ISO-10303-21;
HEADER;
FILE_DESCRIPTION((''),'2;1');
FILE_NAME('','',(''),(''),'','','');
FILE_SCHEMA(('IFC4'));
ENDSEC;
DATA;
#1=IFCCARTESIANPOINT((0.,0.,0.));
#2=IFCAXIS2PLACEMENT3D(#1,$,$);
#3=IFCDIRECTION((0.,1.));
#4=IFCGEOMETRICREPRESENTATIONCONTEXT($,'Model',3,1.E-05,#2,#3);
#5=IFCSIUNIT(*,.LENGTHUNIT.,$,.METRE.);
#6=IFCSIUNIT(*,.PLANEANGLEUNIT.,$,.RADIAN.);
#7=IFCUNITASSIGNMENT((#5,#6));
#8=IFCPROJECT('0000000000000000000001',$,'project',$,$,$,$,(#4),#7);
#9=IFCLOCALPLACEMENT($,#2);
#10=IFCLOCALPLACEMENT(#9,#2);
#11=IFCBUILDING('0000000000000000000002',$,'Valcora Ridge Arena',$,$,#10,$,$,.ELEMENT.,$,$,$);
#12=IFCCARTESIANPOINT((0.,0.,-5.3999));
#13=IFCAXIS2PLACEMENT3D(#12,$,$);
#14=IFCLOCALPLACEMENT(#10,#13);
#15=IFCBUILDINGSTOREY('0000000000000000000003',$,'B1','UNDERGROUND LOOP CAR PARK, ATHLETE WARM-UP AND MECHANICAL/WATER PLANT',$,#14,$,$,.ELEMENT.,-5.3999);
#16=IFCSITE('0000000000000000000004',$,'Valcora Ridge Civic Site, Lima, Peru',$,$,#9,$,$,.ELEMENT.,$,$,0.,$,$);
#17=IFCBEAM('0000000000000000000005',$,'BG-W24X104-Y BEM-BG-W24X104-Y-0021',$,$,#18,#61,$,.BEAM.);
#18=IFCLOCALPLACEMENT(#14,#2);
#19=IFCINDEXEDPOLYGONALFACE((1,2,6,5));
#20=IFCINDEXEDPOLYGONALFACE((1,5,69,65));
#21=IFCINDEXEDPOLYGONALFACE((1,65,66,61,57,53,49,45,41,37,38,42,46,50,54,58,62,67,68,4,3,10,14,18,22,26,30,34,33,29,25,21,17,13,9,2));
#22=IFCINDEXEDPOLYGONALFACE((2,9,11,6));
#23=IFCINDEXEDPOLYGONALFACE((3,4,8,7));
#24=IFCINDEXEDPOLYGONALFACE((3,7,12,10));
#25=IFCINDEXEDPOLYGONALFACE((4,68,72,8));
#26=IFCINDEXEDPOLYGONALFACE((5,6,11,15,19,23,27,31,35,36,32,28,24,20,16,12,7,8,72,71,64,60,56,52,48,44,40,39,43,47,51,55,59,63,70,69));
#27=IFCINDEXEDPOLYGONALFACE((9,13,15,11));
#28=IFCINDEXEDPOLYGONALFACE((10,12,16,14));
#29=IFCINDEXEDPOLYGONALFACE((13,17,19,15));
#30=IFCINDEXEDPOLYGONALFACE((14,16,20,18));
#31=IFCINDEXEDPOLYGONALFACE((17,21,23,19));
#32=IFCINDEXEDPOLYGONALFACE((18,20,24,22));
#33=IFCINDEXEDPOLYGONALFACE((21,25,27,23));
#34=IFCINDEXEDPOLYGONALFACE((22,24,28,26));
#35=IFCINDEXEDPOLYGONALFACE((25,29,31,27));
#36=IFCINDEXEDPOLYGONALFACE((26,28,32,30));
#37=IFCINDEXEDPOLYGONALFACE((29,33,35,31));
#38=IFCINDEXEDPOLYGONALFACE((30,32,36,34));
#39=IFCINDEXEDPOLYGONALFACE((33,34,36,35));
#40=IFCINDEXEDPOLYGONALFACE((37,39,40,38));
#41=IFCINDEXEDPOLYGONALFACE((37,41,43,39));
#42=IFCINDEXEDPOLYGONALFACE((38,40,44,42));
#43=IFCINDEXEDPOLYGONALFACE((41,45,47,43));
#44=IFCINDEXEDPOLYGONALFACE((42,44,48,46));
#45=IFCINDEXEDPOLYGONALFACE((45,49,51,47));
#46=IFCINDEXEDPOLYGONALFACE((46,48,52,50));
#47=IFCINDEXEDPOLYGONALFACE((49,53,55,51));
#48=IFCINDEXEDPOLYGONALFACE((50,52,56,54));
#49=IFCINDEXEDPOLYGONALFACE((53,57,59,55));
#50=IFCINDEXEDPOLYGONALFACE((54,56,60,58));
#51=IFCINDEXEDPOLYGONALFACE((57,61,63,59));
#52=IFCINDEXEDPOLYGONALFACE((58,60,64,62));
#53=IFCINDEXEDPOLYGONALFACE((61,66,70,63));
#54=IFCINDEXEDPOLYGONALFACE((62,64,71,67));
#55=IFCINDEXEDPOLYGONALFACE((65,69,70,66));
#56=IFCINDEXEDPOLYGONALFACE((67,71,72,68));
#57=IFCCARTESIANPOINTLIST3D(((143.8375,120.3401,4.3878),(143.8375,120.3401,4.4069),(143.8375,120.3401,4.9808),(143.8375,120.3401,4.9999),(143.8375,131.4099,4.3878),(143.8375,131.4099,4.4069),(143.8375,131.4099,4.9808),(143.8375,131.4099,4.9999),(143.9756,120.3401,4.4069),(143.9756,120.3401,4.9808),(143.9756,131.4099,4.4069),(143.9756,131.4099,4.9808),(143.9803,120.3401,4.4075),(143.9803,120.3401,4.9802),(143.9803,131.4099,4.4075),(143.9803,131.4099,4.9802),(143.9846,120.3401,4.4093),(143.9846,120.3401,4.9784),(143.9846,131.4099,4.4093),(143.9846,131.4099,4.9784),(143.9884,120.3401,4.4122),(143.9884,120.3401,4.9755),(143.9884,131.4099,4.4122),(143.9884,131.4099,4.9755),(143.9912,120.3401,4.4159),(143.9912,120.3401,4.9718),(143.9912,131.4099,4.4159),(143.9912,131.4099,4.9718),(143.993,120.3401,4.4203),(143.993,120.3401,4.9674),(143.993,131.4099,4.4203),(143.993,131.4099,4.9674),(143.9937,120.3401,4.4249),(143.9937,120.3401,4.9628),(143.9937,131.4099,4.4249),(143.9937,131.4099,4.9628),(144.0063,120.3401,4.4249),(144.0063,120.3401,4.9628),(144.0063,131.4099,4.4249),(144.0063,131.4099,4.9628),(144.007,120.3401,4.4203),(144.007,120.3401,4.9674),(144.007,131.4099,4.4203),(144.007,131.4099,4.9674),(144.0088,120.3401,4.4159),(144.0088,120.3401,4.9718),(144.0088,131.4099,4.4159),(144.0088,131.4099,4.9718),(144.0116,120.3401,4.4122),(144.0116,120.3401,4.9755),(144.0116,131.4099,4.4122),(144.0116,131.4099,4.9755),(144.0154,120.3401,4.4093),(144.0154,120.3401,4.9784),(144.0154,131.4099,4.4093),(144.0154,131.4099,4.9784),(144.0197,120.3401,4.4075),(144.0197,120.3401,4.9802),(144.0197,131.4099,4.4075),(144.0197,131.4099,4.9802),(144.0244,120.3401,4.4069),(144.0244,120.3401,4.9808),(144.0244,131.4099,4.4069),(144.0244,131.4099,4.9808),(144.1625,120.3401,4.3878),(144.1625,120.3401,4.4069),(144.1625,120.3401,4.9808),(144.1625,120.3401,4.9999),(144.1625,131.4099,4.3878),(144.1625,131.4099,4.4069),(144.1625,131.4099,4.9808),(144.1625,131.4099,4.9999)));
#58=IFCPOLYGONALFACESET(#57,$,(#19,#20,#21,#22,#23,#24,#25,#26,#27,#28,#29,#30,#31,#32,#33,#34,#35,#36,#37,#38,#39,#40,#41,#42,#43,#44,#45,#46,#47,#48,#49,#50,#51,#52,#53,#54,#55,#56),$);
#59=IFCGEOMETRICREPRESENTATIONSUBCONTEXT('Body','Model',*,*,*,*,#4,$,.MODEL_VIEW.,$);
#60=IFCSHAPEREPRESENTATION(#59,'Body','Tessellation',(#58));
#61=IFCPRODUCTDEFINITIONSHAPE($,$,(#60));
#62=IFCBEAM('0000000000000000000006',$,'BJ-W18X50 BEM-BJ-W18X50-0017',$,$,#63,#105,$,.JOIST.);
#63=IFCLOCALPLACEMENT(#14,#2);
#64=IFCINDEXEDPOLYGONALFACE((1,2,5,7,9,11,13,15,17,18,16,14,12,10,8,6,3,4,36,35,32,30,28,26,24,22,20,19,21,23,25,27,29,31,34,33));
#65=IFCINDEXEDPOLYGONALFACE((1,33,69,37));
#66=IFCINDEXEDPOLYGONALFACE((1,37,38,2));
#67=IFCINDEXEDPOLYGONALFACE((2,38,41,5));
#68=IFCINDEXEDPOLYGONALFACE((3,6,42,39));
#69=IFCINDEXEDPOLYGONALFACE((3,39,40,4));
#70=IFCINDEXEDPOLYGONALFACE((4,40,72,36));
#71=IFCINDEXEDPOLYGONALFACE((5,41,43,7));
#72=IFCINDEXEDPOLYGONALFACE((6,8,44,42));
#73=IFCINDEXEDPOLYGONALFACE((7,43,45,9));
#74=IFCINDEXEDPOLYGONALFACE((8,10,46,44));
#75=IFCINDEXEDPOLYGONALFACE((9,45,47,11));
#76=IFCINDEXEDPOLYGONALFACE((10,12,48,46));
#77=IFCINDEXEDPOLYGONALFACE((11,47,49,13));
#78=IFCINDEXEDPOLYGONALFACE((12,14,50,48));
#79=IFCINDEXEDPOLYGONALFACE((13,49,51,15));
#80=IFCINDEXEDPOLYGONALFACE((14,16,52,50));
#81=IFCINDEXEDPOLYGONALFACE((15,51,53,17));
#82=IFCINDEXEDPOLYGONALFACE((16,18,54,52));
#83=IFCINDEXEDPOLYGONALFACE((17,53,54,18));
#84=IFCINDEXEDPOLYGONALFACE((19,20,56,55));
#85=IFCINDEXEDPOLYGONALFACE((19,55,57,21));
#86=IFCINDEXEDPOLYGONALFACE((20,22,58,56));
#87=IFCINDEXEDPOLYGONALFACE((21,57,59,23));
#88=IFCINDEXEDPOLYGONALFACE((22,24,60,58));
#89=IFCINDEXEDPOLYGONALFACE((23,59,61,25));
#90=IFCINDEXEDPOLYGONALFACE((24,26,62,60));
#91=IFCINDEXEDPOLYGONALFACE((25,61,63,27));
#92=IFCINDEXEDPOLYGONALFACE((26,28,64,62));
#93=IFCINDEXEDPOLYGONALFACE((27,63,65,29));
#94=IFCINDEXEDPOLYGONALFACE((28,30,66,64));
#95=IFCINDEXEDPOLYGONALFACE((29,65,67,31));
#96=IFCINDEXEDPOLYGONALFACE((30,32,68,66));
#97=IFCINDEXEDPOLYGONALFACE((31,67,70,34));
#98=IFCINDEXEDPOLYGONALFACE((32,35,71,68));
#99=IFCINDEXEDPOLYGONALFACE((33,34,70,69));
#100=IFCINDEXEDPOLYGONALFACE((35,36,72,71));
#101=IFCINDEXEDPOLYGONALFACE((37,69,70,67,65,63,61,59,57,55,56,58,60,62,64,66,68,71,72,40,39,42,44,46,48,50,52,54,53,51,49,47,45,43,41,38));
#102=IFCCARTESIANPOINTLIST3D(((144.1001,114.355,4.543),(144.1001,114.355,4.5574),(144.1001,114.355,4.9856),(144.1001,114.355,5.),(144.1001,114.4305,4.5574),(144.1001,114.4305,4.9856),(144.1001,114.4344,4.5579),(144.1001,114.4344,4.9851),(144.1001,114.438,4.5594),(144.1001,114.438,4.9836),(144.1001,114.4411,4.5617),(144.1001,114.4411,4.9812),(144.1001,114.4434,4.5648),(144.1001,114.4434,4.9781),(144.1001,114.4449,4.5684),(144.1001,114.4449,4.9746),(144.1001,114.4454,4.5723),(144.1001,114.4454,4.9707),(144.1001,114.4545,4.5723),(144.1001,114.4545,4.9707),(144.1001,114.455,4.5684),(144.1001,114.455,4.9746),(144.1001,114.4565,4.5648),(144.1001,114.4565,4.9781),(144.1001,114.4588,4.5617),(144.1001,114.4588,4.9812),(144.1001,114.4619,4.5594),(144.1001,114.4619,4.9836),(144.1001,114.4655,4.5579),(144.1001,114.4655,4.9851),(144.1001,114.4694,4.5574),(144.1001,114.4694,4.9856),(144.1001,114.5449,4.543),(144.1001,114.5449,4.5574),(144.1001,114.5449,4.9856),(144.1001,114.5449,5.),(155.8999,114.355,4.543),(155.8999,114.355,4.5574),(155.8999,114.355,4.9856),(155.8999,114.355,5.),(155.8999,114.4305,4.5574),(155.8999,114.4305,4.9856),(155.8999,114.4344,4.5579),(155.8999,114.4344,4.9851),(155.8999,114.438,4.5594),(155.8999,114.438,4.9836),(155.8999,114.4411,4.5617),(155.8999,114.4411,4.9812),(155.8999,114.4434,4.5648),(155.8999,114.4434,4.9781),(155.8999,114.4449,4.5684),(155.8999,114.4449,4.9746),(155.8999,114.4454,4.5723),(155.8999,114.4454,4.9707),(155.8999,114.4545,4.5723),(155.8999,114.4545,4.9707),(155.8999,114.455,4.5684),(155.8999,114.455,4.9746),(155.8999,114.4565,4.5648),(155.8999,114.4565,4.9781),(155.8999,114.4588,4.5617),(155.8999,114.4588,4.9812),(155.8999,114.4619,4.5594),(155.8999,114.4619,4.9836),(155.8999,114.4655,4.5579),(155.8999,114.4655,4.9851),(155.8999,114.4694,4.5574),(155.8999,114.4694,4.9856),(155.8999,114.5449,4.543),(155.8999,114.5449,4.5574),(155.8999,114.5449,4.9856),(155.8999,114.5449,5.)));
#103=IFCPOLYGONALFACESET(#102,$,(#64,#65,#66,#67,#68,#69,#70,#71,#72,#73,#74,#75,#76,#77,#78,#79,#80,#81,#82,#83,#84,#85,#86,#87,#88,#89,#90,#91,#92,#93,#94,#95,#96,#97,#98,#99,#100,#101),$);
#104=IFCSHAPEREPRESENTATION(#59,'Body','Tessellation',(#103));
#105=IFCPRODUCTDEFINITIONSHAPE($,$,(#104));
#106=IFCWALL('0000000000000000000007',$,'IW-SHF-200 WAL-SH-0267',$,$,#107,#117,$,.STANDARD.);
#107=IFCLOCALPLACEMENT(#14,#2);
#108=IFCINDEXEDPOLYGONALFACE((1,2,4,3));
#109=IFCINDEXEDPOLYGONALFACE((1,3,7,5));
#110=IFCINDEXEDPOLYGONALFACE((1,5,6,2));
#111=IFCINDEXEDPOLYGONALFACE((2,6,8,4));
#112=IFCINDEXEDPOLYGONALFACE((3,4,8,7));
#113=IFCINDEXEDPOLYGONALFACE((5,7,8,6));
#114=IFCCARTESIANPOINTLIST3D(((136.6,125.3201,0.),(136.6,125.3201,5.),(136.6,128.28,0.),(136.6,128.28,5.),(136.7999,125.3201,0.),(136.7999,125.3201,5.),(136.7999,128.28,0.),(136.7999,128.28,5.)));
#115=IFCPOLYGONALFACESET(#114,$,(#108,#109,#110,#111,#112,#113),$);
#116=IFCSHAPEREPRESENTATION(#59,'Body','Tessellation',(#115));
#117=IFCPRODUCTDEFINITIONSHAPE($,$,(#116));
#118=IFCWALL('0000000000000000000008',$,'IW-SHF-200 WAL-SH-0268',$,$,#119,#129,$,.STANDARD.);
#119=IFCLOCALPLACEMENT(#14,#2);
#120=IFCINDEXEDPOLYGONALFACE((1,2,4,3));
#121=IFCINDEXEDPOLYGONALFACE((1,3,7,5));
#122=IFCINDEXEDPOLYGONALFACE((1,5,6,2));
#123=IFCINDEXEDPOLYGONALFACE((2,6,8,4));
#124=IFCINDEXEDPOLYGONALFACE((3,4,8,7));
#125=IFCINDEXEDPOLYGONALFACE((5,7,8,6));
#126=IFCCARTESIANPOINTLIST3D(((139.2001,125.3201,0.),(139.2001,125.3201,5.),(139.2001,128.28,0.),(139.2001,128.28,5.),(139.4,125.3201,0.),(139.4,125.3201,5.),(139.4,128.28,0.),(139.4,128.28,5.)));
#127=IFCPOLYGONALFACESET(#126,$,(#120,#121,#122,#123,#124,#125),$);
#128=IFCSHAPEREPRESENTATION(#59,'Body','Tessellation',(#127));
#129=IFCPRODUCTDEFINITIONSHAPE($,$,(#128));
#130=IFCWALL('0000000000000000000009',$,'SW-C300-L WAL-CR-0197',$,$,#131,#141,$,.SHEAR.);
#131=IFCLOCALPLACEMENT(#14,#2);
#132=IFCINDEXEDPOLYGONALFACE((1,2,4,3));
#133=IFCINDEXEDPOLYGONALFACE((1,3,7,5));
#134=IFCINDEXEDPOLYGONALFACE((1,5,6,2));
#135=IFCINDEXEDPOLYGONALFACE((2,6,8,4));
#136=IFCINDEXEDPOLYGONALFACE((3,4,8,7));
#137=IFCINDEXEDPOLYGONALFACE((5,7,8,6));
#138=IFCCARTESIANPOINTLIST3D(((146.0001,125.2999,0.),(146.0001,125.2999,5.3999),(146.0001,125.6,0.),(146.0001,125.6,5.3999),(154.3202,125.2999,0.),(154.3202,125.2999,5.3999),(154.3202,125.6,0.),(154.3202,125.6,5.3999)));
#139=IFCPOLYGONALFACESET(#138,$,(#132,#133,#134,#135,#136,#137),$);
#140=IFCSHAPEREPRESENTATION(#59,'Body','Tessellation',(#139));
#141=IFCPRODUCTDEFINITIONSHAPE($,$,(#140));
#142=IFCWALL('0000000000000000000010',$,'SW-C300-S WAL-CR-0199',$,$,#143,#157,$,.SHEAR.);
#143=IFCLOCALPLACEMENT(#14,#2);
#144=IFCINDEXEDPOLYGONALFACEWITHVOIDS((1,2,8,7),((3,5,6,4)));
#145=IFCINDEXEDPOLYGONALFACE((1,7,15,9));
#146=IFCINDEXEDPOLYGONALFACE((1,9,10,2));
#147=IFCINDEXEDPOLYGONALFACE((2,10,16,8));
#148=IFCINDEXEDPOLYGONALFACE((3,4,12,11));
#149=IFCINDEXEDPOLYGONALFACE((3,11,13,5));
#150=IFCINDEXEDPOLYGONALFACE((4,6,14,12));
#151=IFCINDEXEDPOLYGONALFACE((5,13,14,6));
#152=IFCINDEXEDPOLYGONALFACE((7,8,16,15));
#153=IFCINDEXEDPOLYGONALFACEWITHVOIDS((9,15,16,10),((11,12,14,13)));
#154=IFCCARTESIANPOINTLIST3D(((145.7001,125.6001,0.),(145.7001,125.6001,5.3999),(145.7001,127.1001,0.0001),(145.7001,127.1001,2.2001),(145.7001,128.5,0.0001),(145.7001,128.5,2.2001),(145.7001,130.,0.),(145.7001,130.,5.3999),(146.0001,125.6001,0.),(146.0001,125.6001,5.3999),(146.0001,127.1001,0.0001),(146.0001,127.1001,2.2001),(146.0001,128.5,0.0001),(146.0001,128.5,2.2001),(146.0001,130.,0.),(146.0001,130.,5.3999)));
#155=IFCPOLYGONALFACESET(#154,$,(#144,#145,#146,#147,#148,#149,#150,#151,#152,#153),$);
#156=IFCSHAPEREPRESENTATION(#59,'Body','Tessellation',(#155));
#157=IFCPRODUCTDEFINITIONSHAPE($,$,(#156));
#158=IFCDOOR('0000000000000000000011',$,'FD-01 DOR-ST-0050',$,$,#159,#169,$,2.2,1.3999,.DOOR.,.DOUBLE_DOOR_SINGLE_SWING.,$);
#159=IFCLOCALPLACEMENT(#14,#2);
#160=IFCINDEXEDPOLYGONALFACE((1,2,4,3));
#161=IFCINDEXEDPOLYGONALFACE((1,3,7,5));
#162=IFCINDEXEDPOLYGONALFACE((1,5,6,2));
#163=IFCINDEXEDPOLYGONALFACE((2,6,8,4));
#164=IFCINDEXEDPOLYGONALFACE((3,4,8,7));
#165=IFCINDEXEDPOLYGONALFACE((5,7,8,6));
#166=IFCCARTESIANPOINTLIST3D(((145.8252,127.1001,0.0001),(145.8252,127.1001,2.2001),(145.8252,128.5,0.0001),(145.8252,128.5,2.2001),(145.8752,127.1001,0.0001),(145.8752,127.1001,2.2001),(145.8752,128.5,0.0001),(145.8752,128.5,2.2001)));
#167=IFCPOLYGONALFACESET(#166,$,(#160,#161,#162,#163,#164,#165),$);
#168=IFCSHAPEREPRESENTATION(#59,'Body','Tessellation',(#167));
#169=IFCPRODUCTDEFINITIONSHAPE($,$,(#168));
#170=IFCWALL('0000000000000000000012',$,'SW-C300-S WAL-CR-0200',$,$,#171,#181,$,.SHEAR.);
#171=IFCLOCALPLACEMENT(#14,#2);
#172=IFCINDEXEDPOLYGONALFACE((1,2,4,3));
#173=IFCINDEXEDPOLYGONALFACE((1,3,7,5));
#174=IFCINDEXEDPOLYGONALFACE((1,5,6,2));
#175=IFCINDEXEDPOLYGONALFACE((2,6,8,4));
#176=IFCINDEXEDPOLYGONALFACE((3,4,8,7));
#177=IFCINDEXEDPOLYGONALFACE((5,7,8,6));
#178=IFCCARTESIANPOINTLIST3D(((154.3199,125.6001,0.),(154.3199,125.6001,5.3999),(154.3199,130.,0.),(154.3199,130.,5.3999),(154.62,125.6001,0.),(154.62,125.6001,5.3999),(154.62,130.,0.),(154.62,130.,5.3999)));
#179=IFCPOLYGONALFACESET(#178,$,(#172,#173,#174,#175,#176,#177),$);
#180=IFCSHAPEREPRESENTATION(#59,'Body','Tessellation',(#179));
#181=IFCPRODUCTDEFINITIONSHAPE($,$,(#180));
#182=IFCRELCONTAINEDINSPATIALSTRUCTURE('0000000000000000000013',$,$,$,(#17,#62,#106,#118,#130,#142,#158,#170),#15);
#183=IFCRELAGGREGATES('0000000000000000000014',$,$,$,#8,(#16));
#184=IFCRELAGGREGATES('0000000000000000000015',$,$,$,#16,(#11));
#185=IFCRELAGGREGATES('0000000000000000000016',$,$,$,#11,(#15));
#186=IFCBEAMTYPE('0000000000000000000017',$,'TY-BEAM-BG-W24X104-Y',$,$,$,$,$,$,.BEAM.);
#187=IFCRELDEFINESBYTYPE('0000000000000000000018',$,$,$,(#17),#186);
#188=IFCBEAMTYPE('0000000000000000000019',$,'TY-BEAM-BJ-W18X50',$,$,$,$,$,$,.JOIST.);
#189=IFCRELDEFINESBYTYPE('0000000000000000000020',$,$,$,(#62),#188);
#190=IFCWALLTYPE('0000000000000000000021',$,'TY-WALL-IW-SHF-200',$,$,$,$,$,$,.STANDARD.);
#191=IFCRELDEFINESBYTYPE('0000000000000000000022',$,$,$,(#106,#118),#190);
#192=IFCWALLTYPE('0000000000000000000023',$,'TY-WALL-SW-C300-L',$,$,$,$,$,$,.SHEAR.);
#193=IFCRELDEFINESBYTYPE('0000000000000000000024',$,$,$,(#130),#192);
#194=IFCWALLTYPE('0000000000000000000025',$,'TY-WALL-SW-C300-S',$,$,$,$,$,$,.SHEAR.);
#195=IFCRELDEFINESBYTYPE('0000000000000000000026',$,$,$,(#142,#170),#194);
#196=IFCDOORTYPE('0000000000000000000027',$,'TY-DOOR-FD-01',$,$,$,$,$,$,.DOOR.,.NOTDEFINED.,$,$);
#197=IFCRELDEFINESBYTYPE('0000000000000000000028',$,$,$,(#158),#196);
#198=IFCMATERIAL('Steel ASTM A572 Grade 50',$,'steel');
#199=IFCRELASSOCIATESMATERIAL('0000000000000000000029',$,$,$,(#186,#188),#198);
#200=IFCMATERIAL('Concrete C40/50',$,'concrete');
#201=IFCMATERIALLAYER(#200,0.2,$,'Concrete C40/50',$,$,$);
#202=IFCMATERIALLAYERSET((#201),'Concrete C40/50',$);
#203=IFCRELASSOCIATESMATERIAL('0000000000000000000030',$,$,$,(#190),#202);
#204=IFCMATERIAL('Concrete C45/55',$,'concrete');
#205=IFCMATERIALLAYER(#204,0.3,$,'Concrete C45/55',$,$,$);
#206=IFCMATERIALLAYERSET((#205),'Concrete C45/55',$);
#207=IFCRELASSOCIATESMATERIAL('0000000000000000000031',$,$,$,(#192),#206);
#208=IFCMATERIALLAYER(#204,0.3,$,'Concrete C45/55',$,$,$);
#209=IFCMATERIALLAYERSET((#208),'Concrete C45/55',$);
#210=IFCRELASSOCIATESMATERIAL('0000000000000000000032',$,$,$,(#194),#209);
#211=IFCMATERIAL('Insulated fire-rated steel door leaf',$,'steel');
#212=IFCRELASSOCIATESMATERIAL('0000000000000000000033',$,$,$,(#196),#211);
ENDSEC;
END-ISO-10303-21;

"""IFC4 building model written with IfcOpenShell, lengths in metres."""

from ifc_helpers import new_model, si_unit, direction, frame, frame_2d, origin, origin_2d, place, context, subcontext, project, spatial, rectangle, i_section, extrude, material, layer, layer_set, material_profile, profile_set, type_object, element, fill, save


model = new_model("IFC4")

# Units and contexts
model_context = context("Model", 3, precision=1e-05, world=origin(), true_north=direction((0.0, 1.0)))
body_context = subcontext(model_context, "Body", "Model", "MODEL_VIEW")
ifc_project = project(units=[si_unit("LENGTHUNIT", "METRE"), si_unit("PLANEANGLEUNIT", "RADIAN")], contexts=[model_context])

# Site, building, storey
site_placement = place(None, origin())
site = spatial("IfcSite", under=ifc_project, at=site_placement, Name="Valcora Ridge Civic Site, Lima, Peru", CompositionType="ELEMENT", RefElevation=0.0)
building_placement = place(site_placement, origin())
building = spatial("IfcBuilding", under=site, at=building_placement, Name="Valcora Ridge Arena", CompositionType="ELEMENT")
storey_placement = place(building_placement, frame((0.0, 0.0, -5.3999)))
storey = spatial("IfcBuildingStorey", under=building, at=storey_placement, Name="B1", Description="UNDERGROUND LOOP CAR PARK, ATHLETE WARM-UP AND MECHANICAL/WATER PLANT", CompositionType="ELEMENT", Elevation=-5.3999)

# Shared definitions
ifc_material_1 = material(Name="Concrete C40/50", Category="concrete")

# Beams
ifc_material_2 = material(Name="Steel ASTM A572 Grade 50", Category="steel")
ifc_material_profile_1 = material_profile(ifc_material_2, i_section(OverallWidth=0.325, OverallDepth=0.6121, WebThickness=0.0127, FlangeThickness=0.019, FilletRadius=0.0181, at=origin_2d()), Name="W24X104")
ifc_profile_set_1 = profile_set([ifc_material_profile_1], Name="Steel ASTM A572 Grade 50")
beam_type_1 = type_object("IfcBeamType", Name="TY-BEAM-BG-W24X104-Y", PredefinedType="BEAM", material=ifc_profile_set_1)
beam_1_placement = place(storey_placement, frame((144.0, 120.3401, 4.6938), z_axis=(0.0, 1.0, 0.0), x_axis=(-1.0, 0.0, 0.0)))
element("IfcBeam", 1, at=beam_1_placement, inside=storey, type_object=beam_type_1, Name="BG-W24X104-Y BEM-BG-W24X104-Y-0021", PredefinedType="BEAM", context=body_context, shape_type="SweptSolid", body=[
    extrude(i_section(OverallWidth=0.325, OverallDepth=0.6121, WebThickness=0.0127, FlangeThickness=0.019, FilletRadius=0.0181, at=origin_2d()), origin(), (0.0, 0.0, 1.0), 11.0698),
])
ifc_material_profile_2 = material_profile(ifc_material_2, i_section(OverallWidth=0.1899, OverallDepth=0.457, WebThickness=0.009, FlangeThickness=0.0144, FilletRadius=0.0149, at=origin_2d()), Name="W18X50")
ifc_profile_set_2 = profile_set([ifc_material_profile_2], Name="Steel ASTM A572 Grade 50")
beam_type_2 = type_object("IfcBeamType", Name="TY-BEAM-BJ-W18X50", PredefinedType="JOIST", material=ifc_profile_set_2)
beam_2_placement = place(storey_placement, frame((144.1001, 114.45, 4.7715), z_axis=(1.0, 0.0, 0.0), x_axis=(0.0, 1.0, 0.0)))
element("IfcBeam", 2, at=beam_2_placement, inside=storey, type_object=beam_type_2, Name="BJ-W18X50 BEM-BJ-W18X50-0017", PredefinedType="JOIST", context=body_context, shape_type="SweptSolid", body=[
    extrude(i_section(OverallWidth=0.1899, OverallDepth=0.457, WebThickness=0.009, FlangeThickness=0.0144, FilletRadius=0.0149, at=origin_2d()), origin(), (0.0, 0.0, 1.0), 11.7998),
])

# Shared definitions
ifc_layer_1 = layer(ifc_material_1, 0.2, Name="Concrete C40/50")
ifc_layer_set_1 = layer_set([ifc_layer_1], Name="Concrete C40/50")
wall_type_1 = type_object("IfcWallType", Name="TY-WALL-IW-SHF-200", PredefinedType="STANDARD", material=ifc_layer_set_1)

# Walls
for number, where, z_axis, x_axis, name in (
    (3, (136.7, 125.3201, 0.0), (0.0, 0.0, 1.0), (0.0, 1.0, 0.0), "IW-SHF-200 WAL-SH-0267"),
    (4, (139.3, 125.3201, 0.0), (0.0, 0.0, 1.0), (0.0, 1.0, 0.0), "IW-SHF-200 WAL-SH-0268"),
):
    element("IfcWall", number, at=place(storey_placement, frame(where, z_axis=z_axis, x_axis=x_axis)), inside=storey, type_object=wall_type_1, Name=name, PredefinedType="STANDARD", context=body_context, shape_type="SweptSolid", body=[
        extrude(rectangle(XDim=2.96, YDim=0.2, at=frame_2d((1.48, 0.0))), origin(), (0.0, 0.0, 1.0), 5.0),
    ])
ifc_material_3 = material(Name="Concrete C45/55", Category="concrete")
ifc_layer_2 = layer(ifc_material_3, 0.3, Name="Concrete C45/55")
ifc_layer_set_2 = layer_set([ifc_layer_2], Name="Concrete C45/55")
wall_type_2 = type_object("IfcWallType", Name="TY-WALL-SW-C300-L", PredefinedType="SHEAR", material=ifc_layer_set_2)
wall_1_placement = place(storey_placement, frame((146.0, 125.45, 0.0), z_axis=(0.0, 0.0, 1.0), x_axis=(1.0, 0.0, 0.0)))
element("IfcWall", 5, at=wall_1_placement, inside=storey, type_object=wall_type_2, Name="SW-C300-L WAL-CR-0197", PredefinedType="SHEAR", context=body_context, shape_type="SweptSolid", body=[
    extrude(rectangle(XDim=8.3201, YDim=0.3, at=frame_2d((4.1602, 0.0))), origin(), (0.0, 0.0, 1.0), 5.3999),
])

# Wall, opening, door
ifc_layer_3 = layer(ifc_material_3, 0.3, Name="Concrete C45/55")
ifc_layer_set_3 = layer_set([ifc_layer_3], Name="Concrete C45/55")
wall_type_3 = type_object("IfcWallType", Name="TY-WALL-SW-C300-S", PredefinedType="SHEAR", material=ifc_layer_set_3)
wall_2_placement = place(storey_placement, frame((145.8501, 125.6001, 0.0), z_axis=(0.0, 0.0, 1.0), x_axis=(0.0, 1.0, 0.0)))
wall_2 = element("IfcWall", 6, at=wall_2_placement, inside=storey, type_object=wall_type_3, Name="SW-C300-S WAL-CR-0199", PredefinedType="SHEAR", context=body_context, shape_type="SweptSolid", body=[
    extrude(rectangle(XDim=4.3999, YDim=0.3, at=frame_2d((2.2, 0.0))), origin(), (0.0, 0.0, 1.0), 5.3999),
])
opening_1_placement = place(wall_2_placement, frame((1.5, 0.0, 0.0)))
opening_1 = element("IfcOpeningElement", 7, at=opening_1_placement, cuts=wall_2, PredefinedType="OPENING", context=body_context, shape_type="SweptSolid", body=[
    extrude(rectangle(XDim=1.3999, YDim=2.2, at=frame_2d((0.7, 1.1001))), frame((0.0, 0.1599, 0.0), z_axis=(0.0, -1.0, 0.0), x_axis=(1.0, 0.0, 0.0)), (0.0, 0.0, 1.0), 0.3201),
])
ifc_material_4 = material(Name="Insulated fire-rated steel door leaf", Category="steel")
door_type_1 = type_object("IfcDoorType", Name="TY-DOOR-FD-01", OperationType="NOTDEFINED", PredefinedType="DOOR", material=ifc_material_4)
door_1_placement = place(opening_1_placement, origin())
door_1 = element("IfcDoor", 8, at=door_1_placement, inside=storey, type_object=door_type_1, Name="FD-01 DOR-ST-0050", OperationType="DOUBLE_DOOR_SINGLE_SWING", OverallHeight=2.2, OverallWidth=1.3999, PredefinedType="DOOR", context=body_context, shape_type="SweptSolid", body=[
    extrude(rectangle(XDim=1.3999, YDim=2.2, at=frame_2d((0.7, 1.1001))), frame((0.0, 0.0249, 0.0), z_axis=(0.0, -1.0, 0.0), x_axis=(1.0, 0.0, 0.0)), (0.0, 0.0, 1.0), 0.05),
])
fill(opening_1, door_1)

# Wall
wall_3_placement = place(storey_placement, frame((154.47, 125.6001, 0.0), z_axis=(0.0, 0.0, 1.0), x_axis=(0.0, 1.0, 0.0)))
element("IfcWall", 9, at=wall_3_placement, inside=storey, type_object=wall_type_3, Name="SW-C300-S WAL-CR-0200", PredefinedType="SHEAR", context=body_context, shape_type="SweptSolid", body=[
    extrude(rectangle(XDim=4.3999, YDim=0.3, at=frame_2d((2.2, 0.0))), origin(), (0.0, 0.0, 1.0), 5.3999),
])

save(model, "model.ifc")
